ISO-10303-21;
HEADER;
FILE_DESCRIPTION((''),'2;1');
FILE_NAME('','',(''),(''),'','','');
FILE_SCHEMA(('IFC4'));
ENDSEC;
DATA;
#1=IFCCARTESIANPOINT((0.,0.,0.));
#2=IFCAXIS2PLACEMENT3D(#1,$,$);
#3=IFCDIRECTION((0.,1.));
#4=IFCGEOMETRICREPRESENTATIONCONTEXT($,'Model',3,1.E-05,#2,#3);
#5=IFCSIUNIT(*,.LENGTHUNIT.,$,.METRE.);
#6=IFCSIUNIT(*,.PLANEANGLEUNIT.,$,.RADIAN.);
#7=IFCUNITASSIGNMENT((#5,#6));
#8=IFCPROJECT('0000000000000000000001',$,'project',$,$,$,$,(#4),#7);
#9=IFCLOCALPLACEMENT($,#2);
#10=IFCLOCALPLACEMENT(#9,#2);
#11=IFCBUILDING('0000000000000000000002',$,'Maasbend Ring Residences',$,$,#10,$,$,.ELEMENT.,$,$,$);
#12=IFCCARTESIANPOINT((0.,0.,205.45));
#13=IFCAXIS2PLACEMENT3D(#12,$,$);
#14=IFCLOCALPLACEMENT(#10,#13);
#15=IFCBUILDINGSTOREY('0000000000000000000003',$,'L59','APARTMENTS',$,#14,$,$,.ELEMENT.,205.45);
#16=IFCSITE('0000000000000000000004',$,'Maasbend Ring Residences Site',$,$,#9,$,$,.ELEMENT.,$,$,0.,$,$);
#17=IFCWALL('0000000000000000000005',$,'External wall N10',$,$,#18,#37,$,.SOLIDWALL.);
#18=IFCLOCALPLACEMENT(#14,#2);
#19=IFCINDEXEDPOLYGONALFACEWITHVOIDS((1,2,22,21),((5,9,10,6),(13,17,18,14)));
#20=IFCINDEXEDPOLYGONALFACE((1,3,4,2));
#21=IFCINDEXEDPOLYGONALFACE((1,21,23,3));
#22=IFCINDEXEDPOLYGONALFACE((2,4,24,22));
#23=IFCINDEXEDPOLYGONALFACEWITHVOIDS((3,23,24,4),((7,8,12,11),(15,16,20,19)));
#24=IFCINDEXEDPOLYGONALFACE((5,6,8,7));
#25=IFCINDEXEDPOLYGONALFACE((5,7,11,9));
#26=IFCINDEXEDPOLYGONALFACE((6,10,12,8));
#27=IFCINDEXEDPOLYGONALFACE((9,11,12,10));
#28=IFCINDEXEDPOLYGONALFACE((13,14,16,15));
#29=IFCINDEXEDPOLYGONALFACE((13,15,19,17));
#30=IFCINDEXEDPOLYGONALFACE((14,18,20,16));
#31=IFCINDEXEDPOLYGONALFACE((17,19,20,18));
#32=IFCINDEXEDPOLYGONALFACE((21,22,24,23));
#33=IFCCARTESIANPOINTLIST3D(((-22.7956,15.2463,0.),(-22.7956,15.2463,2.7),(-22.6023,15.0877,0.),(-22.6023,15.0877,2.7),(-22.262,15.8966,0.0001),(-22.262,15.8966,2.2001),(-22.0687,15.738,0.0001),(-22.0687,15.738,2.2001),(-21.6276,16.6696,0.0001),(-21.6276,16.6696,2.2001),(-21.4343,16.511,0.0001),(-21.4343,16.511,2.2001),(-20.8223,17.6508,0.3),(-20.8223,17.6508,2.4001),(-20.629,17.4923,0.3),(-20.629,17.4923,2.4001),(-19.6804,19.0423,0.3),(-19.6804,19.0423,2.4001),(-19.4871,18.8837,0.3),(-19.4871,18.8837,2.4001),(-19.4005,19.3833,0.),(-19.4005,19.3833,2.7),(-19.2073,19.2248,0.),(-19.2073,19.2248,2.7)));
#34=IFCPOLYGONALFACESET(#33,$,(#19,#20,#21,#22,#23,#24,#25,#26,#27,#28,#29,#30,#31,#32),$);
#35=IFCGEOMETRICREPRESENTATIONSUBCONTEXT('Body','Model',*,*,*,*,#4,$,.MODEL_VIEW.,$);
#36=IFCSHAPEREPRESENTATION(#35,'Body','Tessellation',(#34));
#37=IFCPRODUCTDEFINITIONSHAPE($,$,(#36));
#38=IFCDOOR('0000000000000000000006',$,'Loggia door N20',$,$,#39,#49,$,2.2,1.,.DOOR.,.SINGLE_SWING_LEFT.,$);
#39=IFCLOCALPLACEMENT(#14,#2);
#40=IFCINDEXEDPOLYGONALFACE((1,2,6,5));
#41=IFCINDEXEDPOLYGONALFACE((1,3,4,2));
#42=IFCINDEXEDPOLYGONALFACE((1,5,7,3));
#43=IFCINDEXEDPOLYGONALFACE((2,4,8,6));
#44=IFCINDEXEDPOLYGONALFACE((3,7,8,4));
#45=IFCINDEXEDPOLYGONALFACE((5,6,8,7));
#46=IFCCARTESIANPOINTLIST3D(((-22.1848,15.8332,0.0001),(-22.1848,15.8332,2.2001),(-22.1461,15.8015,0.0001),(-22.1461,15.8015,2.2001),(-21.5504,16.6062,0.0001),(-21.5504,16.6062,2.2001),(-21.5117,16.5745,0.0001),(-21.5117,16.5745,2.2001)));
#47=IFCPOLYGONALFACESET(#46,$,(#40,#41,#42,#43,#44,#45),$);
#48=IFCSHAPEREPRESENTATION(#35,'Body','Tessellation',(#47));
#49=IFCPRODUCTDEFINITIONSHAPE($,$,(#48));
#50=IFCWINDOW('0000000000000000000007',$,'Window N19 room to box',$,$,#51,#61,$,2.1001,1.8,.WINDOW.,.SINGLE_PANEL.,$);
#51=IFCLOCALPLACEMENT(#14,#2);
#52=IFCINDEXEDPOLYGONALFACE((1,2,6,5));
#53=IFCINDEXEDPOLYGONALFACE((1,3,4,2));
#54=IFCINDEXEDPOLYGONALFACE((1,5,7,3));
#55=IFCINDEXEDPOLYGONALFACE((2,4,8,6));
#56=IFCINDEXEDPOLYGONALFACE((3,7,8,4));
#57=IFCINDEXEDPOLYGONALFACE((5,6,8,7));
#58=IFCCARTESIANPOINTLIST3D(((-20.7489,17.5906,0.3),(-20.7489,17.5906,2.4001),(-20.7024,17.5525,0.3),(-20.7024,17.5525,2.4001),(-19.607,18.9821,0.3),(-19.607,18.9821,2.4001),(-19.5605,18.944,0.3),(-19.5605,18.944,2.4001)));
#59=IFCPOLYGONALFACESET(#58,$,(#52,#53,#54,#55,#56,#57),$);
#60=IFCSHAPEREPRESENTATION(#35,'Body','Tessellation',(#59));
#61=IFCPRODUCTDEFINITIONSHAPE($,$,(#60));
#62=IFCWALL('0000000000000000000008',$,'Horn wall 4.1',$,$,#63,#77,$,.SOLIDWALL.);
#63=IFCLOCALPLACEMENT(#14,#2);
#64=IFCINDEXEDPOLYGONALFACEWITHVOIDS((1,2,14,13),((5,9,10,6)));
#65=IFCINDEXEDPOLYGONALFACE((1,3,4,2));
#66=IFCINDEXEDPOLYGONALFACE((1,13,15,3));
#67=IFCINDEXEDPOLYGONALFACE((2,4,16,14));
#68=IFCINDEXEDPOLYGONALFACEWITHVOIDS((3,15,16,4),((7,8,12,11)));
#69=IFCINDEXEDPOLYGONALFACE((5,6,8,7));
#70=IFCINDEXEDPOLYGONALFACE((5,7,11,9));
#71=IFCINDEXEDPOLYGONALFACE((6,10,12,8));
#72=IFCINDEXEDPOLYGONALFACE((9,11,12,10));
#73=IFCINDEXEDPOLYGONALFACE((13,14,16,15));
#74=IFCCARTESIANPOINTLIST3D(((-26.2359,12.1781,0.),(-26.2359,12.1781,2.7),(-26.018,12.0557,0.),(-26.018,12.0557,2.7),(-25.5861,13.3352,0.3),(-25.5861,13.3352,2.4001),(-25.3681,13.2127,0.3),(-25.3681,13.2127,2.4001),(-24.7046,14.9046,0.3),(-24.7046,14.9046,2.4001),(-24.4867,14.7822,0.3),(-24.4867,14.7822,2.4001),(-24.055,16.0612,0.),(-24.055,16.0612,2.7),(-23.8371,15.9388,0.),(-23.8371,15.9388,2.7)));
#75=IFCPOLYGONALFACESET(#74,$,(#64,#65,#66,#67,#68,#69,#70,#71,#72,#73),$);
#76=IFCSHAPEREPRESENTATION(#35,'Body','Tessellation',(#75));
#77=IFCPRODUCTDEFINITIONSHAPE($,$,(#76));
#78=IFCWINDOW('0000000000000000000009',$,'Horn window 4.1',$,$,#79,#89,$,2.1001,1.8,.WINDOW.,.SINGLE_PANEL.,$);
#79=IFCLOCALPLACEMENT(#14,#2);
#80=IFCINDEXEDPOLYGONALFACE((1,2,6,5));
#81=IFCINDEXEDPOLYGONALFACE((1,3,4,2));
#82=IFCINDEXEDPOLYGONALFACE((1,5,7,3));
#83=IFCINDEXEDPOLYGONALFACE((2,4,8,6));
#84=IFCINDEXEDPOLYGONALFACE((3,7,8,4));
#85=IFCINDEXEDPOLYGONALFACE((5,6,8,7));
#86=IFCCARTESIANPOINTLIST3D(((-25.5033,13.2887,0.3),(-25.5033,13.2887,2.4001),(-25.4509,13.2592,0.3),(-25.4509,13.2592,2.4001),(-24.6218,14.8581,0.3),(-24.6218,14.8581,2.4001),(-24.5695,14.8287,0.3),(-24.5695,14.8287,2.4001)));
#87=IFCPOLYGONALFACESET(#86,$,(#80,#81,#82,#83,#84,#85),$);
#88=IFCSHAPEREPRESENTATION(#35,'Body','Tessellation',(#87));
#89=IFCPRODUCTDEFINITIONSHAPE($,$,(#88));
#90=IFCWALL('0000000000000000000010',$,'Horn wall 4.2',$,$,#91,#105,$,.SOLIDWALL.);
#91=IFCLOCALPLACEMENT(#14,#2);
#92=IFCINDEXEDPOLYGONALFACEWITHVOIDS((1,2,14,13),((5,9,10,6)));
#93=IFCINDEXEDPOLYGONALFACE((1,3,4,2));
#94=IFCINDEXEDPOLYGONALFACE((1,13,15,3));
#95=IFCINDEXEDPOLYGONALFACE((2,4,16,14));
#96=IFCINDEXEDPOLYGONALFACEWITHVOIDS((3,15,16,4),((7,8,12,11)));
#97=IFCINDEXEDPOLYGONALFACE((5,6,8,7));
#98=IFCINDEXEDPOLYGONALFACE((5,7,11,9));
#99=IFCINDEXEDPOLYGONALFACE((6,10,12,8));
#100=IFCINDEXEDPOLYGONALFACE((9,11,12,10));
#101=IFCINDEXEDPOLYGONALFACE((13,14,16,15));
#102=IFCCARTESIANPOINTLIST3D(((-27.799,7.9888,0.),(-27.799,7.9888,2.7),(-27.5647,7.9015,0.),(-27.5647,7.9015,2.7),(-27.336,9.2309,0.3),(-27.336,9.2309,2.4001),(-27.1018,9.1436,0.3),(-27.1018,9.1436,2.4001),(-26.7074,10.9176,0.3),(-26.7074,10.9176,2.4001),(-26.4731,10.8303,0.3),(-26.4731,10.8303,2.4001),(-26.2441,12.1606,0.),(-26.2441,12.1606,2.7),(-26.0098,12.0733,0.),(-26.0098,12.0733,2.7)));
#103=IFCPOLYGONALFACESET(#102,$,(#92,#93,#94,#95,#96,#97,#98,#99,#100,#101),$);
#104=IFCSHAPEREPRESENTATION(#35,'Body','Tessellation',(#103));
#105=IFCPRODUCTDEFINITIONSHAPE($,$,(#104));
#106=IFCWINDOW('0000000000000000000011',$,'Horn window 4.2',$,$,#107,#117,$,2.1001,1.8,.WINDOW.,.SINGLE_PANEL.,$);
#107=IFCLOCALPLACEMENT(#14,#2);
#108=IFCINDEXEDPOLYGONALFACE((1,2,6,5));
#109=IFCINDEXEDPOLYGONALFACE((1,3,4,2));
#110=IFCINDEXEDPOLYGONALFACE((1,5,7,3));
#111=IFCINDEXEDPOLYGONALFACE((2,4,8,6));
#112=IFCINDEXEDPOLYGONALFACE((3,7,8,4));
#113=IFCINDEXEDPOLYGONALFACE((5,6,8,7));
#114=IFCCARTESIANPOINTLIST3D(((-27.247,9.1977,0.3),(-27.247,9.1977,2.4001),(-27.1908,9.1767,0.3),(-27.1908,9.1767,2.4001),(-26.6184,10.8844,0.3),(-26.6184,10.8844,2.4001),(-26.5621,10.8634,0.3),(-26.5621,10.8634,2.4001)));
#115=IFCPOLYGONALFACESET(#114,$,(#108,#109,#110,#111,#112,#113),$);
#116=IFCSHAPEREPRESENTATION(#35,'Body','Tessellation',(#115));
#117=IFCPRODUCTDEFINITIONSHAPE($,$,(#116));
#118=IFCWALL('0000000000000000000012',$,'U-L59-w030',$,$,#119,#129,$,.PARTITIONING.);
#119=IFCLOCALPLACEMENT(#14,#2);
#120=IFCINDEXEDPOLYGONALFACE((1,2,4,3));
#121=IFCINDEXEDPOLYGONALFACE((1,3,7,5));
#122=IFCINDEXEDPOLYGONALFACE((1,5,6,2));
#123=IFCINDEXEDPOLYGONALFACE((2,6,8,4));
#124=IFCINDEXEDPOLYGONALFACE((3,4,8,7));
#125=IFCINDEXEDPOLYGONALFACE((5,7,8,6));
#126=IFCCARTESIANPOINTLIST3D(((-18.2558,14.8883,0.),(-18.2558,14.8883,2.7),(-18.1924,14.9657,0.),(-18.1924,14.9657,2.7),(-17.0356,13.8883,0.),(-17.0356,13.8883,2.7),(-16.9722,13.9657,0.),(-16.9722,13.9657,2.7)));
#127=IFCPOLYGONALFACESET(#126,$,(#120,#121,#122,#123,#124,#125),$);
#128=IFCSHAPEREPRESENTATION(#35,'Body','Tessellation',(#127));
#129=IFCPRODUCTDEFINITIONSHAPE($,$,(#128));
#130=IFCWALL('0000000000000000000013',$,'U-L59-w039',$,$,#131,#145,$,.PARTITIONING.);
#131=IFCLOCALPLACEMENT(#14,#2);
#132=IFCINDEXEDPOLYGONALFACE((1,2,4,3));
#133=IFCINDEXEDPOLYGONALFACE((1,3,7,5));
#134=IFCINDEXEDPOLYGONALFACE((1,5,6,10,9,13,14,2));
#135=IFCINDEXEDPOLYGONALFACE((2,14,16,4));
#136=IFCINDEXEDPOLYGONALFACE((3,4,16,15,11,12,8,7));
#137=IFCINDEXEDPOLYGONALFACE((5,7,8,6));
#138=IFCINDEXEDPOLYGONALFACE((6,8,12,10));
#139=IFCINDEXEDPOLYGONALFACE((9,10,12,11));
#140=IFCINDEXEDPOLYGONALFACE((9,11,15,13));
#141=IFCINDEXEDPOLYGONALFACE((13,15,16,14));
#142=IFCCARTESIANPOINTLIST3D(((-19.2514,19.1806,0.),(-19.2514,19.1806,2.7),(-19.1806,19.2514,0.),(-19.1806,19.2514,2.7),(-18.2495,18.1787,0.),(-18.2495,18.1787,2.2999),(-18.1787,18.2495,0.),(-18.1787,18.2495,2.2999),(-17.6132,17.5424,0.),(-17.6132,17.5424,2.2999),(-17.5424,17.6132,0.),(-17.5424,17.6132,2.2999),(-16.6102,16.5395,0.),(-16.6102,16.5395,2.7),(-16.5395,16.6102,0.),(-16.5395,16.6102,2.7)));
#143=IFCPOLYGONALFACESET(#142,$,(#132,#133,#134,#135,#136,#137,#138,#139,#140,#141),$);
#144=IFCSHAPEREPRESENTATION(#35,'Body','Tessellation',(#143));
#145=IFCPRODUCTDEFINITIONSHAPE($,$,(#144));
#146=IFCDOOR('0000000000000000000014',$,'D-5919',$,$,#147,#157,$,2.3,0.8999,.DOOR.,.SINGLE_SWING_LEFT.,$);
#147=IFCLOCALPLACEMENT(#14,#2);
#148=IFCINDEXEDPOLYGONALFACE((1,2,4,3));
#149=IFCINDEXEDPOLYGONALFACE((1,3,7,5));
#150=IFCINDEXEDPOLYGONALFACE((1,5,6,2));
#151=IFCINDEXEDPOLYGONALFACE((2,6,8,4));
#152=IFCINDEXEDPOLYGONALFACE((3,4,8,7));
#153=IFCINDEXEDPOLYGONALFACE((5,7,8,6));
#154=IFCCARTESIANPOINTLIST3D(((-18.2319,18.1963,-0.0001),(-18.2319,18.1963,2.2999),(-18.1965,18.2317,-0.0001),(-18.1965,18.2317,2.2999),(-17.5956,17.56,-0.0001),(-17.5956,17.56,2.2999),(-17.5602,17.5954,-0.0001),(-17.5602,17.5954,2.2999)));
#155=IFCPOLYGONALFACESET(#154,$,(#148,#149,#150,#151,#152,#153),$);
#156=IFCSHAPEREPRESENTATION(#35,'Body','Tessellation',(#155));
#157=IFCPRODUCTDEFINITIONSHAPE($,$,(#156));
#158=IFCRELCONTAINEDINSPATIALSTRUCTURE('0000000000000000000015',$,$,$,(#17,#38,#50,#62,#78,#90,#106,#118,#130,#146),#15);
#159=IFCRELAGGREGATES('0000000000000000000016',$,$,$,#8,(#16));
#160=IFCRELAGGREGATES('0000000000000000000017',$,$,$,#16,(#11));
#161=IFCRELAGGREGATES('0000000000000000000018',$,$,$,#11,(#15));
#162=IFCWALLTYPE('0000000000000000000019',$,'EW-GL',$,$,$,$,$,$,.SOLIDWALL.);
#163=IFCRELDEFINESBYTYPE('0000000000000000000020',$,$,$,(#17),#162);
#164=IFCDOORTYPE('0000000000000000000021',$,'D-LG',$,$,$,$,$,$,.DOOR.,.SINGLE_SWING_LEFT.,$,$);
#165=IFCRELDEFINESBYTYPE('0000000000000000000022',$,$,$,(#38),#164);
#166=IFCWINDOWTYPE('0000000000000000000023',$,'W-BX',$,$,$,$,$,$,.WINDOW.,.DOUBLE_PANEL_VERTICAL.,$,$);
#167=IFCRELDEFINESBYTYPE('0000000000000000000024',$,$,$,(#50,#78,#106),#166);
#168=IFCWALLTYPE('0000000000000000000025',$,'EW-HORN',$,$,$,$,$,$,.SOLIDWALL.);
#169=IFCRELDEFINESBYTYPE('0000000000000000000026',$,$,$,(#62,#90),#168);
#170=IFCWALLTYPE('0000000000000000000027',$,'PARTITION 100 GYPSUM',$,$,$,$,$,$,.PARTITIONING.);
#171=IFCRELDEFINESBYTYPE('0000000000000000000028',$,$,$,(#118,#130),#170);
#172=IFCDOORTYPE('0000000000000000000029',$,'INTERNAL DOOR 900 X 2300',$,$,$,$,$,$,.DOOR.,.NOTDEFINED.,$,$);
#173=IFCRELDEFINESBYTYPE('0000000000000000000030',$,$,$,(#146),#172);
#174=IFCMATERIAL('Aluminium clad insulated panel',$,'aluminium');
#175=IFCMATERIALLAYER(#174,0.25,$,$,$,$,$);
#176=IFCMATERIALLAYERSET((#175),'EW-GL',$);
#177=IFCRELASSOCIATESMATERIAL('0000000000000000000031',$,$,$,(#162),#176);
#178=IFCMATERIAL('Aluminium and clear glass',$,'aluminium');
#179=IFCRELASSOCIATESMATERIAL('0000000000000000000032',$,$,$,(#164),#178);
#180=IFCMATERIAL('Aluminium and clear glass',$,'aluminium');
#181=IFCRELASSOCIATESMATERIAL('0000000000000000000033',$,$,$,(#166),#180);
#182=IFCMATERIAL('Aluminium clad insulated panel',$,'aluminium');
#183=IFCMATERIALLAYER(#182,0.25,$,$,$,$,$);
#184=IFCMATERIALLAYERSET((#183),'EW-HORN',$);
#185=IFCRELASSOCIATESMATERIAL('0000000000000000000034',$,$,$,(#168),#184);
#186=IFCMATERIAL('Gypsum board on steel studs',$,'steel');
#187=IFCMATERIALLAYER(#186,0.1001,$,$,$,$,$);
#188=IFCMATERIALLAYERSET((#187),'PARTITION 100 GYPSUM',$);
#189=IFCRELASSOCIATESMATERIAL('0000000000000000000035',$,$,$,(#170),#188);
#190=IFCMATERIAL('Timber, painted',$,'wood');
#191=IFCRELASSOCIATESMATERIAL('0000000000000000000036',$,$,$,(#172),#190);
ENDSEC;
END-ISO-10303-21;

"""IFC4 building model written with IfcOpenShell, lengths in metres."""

from ifc_helpers import new_model, si_unit, direction, frame, frame_2d, origin, place, context, subcontext, project, spatial, rectangle, extrude, material, layer, layer_set, type_object, element, fill, save


model = new_model("IFC4")

# Units and contexts
model_context = context("Model", 3, precision=1e-05, world=origin(), true_north=direction((0.0, 1.0)))
body_context = subcontext(model_context, "Body", "Model", "MODEL_VIEW")
ifc_project = project(units=[si_unit("LENGTHUNIT", "METRE"), si_unit("PLANEANGLEUNIT", "RADIAN")], contexts=[model_context])

# Site, building, storey
site_placement = place(None, origin())
site = spatial("IfcSite", under=ifc_project, at=site_placement, Name="Maasbend Ring Residences Site", CompositionType="ELEMENT", RefElevation=0.0)
building_placement = place(site_placement, origin())
building = spatial("IfcBuilding", under=site, at=building_placement, Name="Maasbend Ring Residences", CompositionType="ELEMENT")
storey_placement = place(building_placement, frame((0.0, 0.0, 205.45)))
storey = spatial("IfcBuildingStorey", under=building, at=storey_placement, Name="L59", Description="APARTMENTS", CompositionType="ELEMENT", Elevation=205.45)

# Wall, openings, door, window
ifc_material_1 = material(Name="Aluminium clad insulated panel", Category="aluminium")
ifc_layer_1 = layer(ifc_material_1, 0.25)
ifc_layer_set_1 = layer_set([ifc_layer_1], Name="EW-GL")
wall_type_1 = type_object("IfcWallType", Name="EW-GL", PredefinedType="SOLIDWALL", material=ifc_layer_set_1)
wall_1_placement = place(storey_placement, frame((-19.304, 19.304, 0.0), z_axis=(0.0, 0.0, 1.0), x_axis=(-0.634382, -0.773019, 0.0)))
wall_1 = element("IfcWall", 1, at=wall_1_placement, inside=storey, type_object=wall_type_1, Name="External wall N10", PredefinedType="SOLIDWALL", context=body_context, shape_type="SweptSolid", body=[
    extrude(rectangle(XDim=5.3518, YDim=0.25, at=frame_2d((2.6758, 0.0))), origin(), (0.0, 0.0, 1.0), 2.7),
])
opening_1_placement = place(wall_1_placement, frame((0.4412, 0.0, 0.3)))
opening_1 = element("IfcOpeningElement", 2, at=opening_1_placement, cuts=wall_1, PredefinedType="OPENING", context=body_context, shape_type="SweptSolid", body=[
    extrude(rectangle(XDim=1.8, YDim=2.1001, at=frame_2d((0.8999, 1.05))), frame((0.0, 0.135, 0.0), z_axis=(0.0, -1.0, 0.0), x_axis=(1.0, 0.0, 0.0)), (0.0, 0.0, 1.0), 0.27),
])
opening_2_placement = place(wall_1_placement, frame((3.5105, 0.0, 0.0)))
opening_2 = element("IfcOpeningElement", 3, at=opening_2_placement, cuts=wall_1, PredefinedType="OPENING", context=body_context, shape_type="SweptSolid", body=[
    extrude(rectangle(XDim=1.0, YDim=2.2, at=frame_2d((0.5, 1.1001))), frame((0.0, 0.135, 0.0), z_axis=(0.0, -1.0, 0.0), x_axis=(1.0, 0.0, 0.0)), (0.0, 0.0, 1.0), 0.27),
])
ifc_material_2 = material(Name="Aluminium and clear glass", Category="aluminium")
door_type_1 = type_object("IfcDoorType", Name="D-LG", OperationType="SINGLE_SWING_LEFT", PredefinedType="DOOR", material=ifc_material_2)
door_1_placement = place(opening_2_placement, origin())
door_1 = element("IfcDoor", 4, at=door_1_placement, inside=storey, type_object=door_type_1, Name="Loggia door N20", OperationType="SINGLE_SWING_LEFT", OverallHeight=2.2, OverallWidth=1.0, PredefinedType="DOOR", context=body_context, shape_type="SweptSolid", body=[
    extrude(rectangle(XDim=1.0, YDim=2.2, at=frame_2d((0.5, 1.1001))), frame((0.0, 0.0249, 0.0), z_axis=(0.0, -1.0, 0.0), x_axis=(1.0, 0.0, 0.0)), (0.0, 0.0, 1.0), 0.05),
])
fill(opening_2, door_1)
ifc_material_3 = material(Name="Aluminium and clear glass", Category="aluminium")
window_type_1 = type_object("IfcWindowType", Name="W-BX", PartitioningType="DOUBLE_PANEL_VERTICAL", PredefinedType="WINDOW", material=ifc_material_3)
window_1_placement = place(opening_1_placement, origin())
window_1 = element("IfcWindow", 5, at=window_1_placement, inside=storey, type_object=window_type_1, Name="Window N19 room to box", OverallHeight=2.1001, OverallWidth=1.8, PartitioningType="SINGLE_PANEL", PredefinedType="WINDOW", context=body_context, shape_type="SweptSolid", body=[
    extrude(rectangle(XDim=1.8, YDim=2.1001, at=frame_2d((0.8999, 1.05))), frame((0.0, 0.03, 0.0), z_axis=(0.0, -1.0, 0.0), x_axis=(1.0, 0.0, 0.0)), (0.0, 0.0, 1.0), 0.0601),
])
fill(opening_1, window_1)

# Walls, openings, windows
ifc_material_4 = material(Name="Aluminium clad insulated panel", Category="aluminium")
ifc_layer_2 = layer(ifc_material_4, 0.25)
ifc_layer_set_2 = layer_set([ifc_layer_2], Name="EW-HORN")
wall_type_2 = type_object("IfcWallType", Name="EW-HORN", PredefinedType="SOLIDWALL", material=ifc_layer_set_2)
wall_2_placement = place(storey_placement, frame((-23.946, 16.0, 0.0), z_axis=(0.0, 0.0, 1.0), x_axis=(-0.489696, -0.871893, 0.0)))
wall_2 = element("IfcWall", 6, at=wall_2_placement, inside=storey, type_object=wall_type_2, Name="Horn wall 4.1", PredefinedType="SOLIDWALL", context=body_context, shape_type="SweptSolid", body=[
    extrude(rectangle(XDim=4.4536, YDim=0.25, at=frame_2d((2.2268, 0.0))), origin(), (0.0, 0.0, 1.0), 2.7),
])
opening_3_placement = place(wall_2_placement, frame((1.3267, 0.0, 0.3)))
opening_3 = element("IfcOpeningElement", 7, at=opening_3_placement, cuts=wall_2, PredefinedType="OPENING", context=body_context, shape_type="SweptSolid", body=[
    extrude(rectangle(XDim=1.8, YDim=2.1001, at=frame_2d((0.8999, 1.05))), frame((0.0, 0.135, 0.0), z_axis=(0.0, -1.0, 0.0), x_axis=(1.0, 0.0, 0.0)), (0.0, 0.0, 1.0), 0.27),
])
window_2_placement = place(opening_3_placement, origin())
window_2 = element("IfcWindow", 8, at=window_2_placement, inside=storey, type_object=window_type_1, Name="Horn window 4.1", OverallHeight=2.1001, OverallWidth=1.8, PartitioningType="SINGLE_PANEL", PredefinedType="WINDOW", context=body_context, shape_type="SweptSolid", body=[
    extrude(rectangle(XDim=1.8, YDim=2.1001, at=frame_2d((0.8999, 1.05))), frame((0.0, 0.03, 0.0), z_axis=(0.0, -1.0, 0.0), x_axis=(1.0, 0.0, 0.0)), (0.0, 0.0, 1.0), 0.0601),
])
fill(opening_3, window_2)
wall_3_placement = place(storey_placement, frame((-26.127, 12.1169, 0.0), z_axis=(0.0, 0.0, 1.0), x_axis=(-0.349248, -0.93703, 0.0)))
wall_3 = element("IfcWall", 9, at=wall_3_placement, inside=storey, type_object=wall_type_2, Name="Horn wall 4.2", PredefinedType="SOLIDWALL", context=body_context, shape_type="SweptSolid", body=[
    extrude(rectangle(XDim=4.4521, YDim=0.25, at=frame_2d((2.2261, 0.0))), origin(), (0.0, 0.0, 1.0), 2.7),
])
opening_4_placement = place(wall_3_placement, frame((1.3267, 0.0, 0.3)))
opening_4 = element("IfcOpeningElement", 10, at=opening_4_placement, cuts=wall_3, PredefinedType="OPENING", context=body_context, shape_type="SweptSolid", body=[
    extrude(rectangle(XDim=1.8, YDim=2.1001, at=frame_2d((0.8999, 1.05))), frame((0.0, 0.135, 0.0), z_axis=(0.0, -1.0, 0.0), x_axis=(1.0, 0.0, 0.0)), (0.0, 0.0, 1.0), 0.27),
])
window_3_placement = place(opening_4_placement, origin())
window_3 = element("IfcWindow", 11, at=window_3_placement, inside=storey, type_object=window_type_1, Name="Horn window 4.2", OverallHeight=2.1001, OverallWidth=1.8, PartitioningType="SINGLE_PANEL", PredefinedType="WINDOW", context=body_context, shape_type="SweptSolid", body=[
    extrude(rectangle(XDim=1.8, YDim=2.1001, at=frame_2d((0.8999, 1.05))), frame((0.0, 0.03, 0.0), z_axis=(0.0, -1.0, 0.0), x_axis=(1.0, 0.0, 0.0)), (0.0, 0.0, 1.0), 0.0601),
])
fill(opening_4, window_3)

# Wall
ifc_material_5 = material(Name="Gypsum board on steel studs", Category="steel")
ifc_layer_3 = layer(ifc_material_5, 0.1001)
ifc_layer_set_3 = layer_set([ifc_layer_3], Name="PARTITION 100 GYPSUM")
wall_type_3 = type_object("IfcWallType", Name="PARTITION 100 GYPSUM", PredefinedType="PARTITIONING", material=ifc_layer_set_3)
wall_4_placement = place(storey_placement, frame((-18.2241, 14.927, 0.0), z_axis=(0.0, 0.0, 1.0), x_axis=(0.773447, -0.633861, 0.0)))
element("IfcWall", 12, at=wall_4_placement, inside=storey, type_object=wall_type_3, Name="U-L59-w030", PredefinedType="PARTITIONING", context=body_context, shape_type="SweptSolid", body=[
    extrude(rectangle(XDim=1.5776, YDim=0.1001, at=frame_2d((0.7888, 0.0))), origin(), (0.0, 0.0, 1.0), 2.7),
])

# Wall, opening, door
wall_5_placement = place(storey_placement, frame((-19.2161, 19.2161, 0.0), z_axis=(0.0, 0.0, 1.0), x_axis=(0.707107, -0.707107, 0.0)))
wall_5 = element("IfcWall", 13, at=wall_5_placement, inside=storey, type_object=wall_type_3, Name="U-L59-w039", PredefinedType="PARTITIONING", context=body_context, shape_type="SweptSolid", body=[
    extrude(rectangle(XDim=3.7351, YDim=0.1001, at=frame_2d((1.8677, 0.0))), origin(), (0.0, 0.0, 1.0), 2.7),
])
opening_5_placement = place(wall_5_placement, frame((1.417, 0.0, 0.0)))
opening_5 = element("IfcOpeningElement", 14, at=opening_5_placement, cuts=wall_5, PredefinedType="OPENING", context=body_context, shape_type="SweptSolid", body=[
    extrude(rectangle(XDim=0.8999, YDim=2.3, at=frame_2d((0.45, 1.1499))), frame((0.0, 0.0601, 0.0), z_axis=(0.0, -1.0, 0.0), x_axis=(1.0, 0.0, 0.0)), (0.0, 0.0, 1.0), 0.1201),
])
ifc_material_6 = material(Name="Timber, painted", Category="wood")
door_type_2 = type_object("IfcDoorType", Name="INTERNAL DOOR 900 X 2300", OperationType="NOTDEFINED", PredefinedType="DOOR", material=ifc_material_6)
door_2_placement = place(opening_5_placement, origin())
door_2 = element("IfcDoor", 15, at=door_2_placement, inside=storey, type_object=door_type_2, Name="D-5919", OperationType="SINGLE_SWING_LEFT", OverallHeight=2.3, OverallWidth=0.8999, PredefinedType="DOOR", context=body_context, shape_type="SweptSolid", body=[
    extrude(rectangle(XDim=0.8999, YDim=2.3, at=frame_2d((0.45, 1.1499))), frame((0.0, 0.0249, 0.0), z_axis=(0.0, -1.0, 0.0), x_axis=(1.0, 0.0, 0.0)), (0.0, 0.0, 1.0), 0.05),
])
fill(opening_5, door_2)

save(model, "model.ifc")
